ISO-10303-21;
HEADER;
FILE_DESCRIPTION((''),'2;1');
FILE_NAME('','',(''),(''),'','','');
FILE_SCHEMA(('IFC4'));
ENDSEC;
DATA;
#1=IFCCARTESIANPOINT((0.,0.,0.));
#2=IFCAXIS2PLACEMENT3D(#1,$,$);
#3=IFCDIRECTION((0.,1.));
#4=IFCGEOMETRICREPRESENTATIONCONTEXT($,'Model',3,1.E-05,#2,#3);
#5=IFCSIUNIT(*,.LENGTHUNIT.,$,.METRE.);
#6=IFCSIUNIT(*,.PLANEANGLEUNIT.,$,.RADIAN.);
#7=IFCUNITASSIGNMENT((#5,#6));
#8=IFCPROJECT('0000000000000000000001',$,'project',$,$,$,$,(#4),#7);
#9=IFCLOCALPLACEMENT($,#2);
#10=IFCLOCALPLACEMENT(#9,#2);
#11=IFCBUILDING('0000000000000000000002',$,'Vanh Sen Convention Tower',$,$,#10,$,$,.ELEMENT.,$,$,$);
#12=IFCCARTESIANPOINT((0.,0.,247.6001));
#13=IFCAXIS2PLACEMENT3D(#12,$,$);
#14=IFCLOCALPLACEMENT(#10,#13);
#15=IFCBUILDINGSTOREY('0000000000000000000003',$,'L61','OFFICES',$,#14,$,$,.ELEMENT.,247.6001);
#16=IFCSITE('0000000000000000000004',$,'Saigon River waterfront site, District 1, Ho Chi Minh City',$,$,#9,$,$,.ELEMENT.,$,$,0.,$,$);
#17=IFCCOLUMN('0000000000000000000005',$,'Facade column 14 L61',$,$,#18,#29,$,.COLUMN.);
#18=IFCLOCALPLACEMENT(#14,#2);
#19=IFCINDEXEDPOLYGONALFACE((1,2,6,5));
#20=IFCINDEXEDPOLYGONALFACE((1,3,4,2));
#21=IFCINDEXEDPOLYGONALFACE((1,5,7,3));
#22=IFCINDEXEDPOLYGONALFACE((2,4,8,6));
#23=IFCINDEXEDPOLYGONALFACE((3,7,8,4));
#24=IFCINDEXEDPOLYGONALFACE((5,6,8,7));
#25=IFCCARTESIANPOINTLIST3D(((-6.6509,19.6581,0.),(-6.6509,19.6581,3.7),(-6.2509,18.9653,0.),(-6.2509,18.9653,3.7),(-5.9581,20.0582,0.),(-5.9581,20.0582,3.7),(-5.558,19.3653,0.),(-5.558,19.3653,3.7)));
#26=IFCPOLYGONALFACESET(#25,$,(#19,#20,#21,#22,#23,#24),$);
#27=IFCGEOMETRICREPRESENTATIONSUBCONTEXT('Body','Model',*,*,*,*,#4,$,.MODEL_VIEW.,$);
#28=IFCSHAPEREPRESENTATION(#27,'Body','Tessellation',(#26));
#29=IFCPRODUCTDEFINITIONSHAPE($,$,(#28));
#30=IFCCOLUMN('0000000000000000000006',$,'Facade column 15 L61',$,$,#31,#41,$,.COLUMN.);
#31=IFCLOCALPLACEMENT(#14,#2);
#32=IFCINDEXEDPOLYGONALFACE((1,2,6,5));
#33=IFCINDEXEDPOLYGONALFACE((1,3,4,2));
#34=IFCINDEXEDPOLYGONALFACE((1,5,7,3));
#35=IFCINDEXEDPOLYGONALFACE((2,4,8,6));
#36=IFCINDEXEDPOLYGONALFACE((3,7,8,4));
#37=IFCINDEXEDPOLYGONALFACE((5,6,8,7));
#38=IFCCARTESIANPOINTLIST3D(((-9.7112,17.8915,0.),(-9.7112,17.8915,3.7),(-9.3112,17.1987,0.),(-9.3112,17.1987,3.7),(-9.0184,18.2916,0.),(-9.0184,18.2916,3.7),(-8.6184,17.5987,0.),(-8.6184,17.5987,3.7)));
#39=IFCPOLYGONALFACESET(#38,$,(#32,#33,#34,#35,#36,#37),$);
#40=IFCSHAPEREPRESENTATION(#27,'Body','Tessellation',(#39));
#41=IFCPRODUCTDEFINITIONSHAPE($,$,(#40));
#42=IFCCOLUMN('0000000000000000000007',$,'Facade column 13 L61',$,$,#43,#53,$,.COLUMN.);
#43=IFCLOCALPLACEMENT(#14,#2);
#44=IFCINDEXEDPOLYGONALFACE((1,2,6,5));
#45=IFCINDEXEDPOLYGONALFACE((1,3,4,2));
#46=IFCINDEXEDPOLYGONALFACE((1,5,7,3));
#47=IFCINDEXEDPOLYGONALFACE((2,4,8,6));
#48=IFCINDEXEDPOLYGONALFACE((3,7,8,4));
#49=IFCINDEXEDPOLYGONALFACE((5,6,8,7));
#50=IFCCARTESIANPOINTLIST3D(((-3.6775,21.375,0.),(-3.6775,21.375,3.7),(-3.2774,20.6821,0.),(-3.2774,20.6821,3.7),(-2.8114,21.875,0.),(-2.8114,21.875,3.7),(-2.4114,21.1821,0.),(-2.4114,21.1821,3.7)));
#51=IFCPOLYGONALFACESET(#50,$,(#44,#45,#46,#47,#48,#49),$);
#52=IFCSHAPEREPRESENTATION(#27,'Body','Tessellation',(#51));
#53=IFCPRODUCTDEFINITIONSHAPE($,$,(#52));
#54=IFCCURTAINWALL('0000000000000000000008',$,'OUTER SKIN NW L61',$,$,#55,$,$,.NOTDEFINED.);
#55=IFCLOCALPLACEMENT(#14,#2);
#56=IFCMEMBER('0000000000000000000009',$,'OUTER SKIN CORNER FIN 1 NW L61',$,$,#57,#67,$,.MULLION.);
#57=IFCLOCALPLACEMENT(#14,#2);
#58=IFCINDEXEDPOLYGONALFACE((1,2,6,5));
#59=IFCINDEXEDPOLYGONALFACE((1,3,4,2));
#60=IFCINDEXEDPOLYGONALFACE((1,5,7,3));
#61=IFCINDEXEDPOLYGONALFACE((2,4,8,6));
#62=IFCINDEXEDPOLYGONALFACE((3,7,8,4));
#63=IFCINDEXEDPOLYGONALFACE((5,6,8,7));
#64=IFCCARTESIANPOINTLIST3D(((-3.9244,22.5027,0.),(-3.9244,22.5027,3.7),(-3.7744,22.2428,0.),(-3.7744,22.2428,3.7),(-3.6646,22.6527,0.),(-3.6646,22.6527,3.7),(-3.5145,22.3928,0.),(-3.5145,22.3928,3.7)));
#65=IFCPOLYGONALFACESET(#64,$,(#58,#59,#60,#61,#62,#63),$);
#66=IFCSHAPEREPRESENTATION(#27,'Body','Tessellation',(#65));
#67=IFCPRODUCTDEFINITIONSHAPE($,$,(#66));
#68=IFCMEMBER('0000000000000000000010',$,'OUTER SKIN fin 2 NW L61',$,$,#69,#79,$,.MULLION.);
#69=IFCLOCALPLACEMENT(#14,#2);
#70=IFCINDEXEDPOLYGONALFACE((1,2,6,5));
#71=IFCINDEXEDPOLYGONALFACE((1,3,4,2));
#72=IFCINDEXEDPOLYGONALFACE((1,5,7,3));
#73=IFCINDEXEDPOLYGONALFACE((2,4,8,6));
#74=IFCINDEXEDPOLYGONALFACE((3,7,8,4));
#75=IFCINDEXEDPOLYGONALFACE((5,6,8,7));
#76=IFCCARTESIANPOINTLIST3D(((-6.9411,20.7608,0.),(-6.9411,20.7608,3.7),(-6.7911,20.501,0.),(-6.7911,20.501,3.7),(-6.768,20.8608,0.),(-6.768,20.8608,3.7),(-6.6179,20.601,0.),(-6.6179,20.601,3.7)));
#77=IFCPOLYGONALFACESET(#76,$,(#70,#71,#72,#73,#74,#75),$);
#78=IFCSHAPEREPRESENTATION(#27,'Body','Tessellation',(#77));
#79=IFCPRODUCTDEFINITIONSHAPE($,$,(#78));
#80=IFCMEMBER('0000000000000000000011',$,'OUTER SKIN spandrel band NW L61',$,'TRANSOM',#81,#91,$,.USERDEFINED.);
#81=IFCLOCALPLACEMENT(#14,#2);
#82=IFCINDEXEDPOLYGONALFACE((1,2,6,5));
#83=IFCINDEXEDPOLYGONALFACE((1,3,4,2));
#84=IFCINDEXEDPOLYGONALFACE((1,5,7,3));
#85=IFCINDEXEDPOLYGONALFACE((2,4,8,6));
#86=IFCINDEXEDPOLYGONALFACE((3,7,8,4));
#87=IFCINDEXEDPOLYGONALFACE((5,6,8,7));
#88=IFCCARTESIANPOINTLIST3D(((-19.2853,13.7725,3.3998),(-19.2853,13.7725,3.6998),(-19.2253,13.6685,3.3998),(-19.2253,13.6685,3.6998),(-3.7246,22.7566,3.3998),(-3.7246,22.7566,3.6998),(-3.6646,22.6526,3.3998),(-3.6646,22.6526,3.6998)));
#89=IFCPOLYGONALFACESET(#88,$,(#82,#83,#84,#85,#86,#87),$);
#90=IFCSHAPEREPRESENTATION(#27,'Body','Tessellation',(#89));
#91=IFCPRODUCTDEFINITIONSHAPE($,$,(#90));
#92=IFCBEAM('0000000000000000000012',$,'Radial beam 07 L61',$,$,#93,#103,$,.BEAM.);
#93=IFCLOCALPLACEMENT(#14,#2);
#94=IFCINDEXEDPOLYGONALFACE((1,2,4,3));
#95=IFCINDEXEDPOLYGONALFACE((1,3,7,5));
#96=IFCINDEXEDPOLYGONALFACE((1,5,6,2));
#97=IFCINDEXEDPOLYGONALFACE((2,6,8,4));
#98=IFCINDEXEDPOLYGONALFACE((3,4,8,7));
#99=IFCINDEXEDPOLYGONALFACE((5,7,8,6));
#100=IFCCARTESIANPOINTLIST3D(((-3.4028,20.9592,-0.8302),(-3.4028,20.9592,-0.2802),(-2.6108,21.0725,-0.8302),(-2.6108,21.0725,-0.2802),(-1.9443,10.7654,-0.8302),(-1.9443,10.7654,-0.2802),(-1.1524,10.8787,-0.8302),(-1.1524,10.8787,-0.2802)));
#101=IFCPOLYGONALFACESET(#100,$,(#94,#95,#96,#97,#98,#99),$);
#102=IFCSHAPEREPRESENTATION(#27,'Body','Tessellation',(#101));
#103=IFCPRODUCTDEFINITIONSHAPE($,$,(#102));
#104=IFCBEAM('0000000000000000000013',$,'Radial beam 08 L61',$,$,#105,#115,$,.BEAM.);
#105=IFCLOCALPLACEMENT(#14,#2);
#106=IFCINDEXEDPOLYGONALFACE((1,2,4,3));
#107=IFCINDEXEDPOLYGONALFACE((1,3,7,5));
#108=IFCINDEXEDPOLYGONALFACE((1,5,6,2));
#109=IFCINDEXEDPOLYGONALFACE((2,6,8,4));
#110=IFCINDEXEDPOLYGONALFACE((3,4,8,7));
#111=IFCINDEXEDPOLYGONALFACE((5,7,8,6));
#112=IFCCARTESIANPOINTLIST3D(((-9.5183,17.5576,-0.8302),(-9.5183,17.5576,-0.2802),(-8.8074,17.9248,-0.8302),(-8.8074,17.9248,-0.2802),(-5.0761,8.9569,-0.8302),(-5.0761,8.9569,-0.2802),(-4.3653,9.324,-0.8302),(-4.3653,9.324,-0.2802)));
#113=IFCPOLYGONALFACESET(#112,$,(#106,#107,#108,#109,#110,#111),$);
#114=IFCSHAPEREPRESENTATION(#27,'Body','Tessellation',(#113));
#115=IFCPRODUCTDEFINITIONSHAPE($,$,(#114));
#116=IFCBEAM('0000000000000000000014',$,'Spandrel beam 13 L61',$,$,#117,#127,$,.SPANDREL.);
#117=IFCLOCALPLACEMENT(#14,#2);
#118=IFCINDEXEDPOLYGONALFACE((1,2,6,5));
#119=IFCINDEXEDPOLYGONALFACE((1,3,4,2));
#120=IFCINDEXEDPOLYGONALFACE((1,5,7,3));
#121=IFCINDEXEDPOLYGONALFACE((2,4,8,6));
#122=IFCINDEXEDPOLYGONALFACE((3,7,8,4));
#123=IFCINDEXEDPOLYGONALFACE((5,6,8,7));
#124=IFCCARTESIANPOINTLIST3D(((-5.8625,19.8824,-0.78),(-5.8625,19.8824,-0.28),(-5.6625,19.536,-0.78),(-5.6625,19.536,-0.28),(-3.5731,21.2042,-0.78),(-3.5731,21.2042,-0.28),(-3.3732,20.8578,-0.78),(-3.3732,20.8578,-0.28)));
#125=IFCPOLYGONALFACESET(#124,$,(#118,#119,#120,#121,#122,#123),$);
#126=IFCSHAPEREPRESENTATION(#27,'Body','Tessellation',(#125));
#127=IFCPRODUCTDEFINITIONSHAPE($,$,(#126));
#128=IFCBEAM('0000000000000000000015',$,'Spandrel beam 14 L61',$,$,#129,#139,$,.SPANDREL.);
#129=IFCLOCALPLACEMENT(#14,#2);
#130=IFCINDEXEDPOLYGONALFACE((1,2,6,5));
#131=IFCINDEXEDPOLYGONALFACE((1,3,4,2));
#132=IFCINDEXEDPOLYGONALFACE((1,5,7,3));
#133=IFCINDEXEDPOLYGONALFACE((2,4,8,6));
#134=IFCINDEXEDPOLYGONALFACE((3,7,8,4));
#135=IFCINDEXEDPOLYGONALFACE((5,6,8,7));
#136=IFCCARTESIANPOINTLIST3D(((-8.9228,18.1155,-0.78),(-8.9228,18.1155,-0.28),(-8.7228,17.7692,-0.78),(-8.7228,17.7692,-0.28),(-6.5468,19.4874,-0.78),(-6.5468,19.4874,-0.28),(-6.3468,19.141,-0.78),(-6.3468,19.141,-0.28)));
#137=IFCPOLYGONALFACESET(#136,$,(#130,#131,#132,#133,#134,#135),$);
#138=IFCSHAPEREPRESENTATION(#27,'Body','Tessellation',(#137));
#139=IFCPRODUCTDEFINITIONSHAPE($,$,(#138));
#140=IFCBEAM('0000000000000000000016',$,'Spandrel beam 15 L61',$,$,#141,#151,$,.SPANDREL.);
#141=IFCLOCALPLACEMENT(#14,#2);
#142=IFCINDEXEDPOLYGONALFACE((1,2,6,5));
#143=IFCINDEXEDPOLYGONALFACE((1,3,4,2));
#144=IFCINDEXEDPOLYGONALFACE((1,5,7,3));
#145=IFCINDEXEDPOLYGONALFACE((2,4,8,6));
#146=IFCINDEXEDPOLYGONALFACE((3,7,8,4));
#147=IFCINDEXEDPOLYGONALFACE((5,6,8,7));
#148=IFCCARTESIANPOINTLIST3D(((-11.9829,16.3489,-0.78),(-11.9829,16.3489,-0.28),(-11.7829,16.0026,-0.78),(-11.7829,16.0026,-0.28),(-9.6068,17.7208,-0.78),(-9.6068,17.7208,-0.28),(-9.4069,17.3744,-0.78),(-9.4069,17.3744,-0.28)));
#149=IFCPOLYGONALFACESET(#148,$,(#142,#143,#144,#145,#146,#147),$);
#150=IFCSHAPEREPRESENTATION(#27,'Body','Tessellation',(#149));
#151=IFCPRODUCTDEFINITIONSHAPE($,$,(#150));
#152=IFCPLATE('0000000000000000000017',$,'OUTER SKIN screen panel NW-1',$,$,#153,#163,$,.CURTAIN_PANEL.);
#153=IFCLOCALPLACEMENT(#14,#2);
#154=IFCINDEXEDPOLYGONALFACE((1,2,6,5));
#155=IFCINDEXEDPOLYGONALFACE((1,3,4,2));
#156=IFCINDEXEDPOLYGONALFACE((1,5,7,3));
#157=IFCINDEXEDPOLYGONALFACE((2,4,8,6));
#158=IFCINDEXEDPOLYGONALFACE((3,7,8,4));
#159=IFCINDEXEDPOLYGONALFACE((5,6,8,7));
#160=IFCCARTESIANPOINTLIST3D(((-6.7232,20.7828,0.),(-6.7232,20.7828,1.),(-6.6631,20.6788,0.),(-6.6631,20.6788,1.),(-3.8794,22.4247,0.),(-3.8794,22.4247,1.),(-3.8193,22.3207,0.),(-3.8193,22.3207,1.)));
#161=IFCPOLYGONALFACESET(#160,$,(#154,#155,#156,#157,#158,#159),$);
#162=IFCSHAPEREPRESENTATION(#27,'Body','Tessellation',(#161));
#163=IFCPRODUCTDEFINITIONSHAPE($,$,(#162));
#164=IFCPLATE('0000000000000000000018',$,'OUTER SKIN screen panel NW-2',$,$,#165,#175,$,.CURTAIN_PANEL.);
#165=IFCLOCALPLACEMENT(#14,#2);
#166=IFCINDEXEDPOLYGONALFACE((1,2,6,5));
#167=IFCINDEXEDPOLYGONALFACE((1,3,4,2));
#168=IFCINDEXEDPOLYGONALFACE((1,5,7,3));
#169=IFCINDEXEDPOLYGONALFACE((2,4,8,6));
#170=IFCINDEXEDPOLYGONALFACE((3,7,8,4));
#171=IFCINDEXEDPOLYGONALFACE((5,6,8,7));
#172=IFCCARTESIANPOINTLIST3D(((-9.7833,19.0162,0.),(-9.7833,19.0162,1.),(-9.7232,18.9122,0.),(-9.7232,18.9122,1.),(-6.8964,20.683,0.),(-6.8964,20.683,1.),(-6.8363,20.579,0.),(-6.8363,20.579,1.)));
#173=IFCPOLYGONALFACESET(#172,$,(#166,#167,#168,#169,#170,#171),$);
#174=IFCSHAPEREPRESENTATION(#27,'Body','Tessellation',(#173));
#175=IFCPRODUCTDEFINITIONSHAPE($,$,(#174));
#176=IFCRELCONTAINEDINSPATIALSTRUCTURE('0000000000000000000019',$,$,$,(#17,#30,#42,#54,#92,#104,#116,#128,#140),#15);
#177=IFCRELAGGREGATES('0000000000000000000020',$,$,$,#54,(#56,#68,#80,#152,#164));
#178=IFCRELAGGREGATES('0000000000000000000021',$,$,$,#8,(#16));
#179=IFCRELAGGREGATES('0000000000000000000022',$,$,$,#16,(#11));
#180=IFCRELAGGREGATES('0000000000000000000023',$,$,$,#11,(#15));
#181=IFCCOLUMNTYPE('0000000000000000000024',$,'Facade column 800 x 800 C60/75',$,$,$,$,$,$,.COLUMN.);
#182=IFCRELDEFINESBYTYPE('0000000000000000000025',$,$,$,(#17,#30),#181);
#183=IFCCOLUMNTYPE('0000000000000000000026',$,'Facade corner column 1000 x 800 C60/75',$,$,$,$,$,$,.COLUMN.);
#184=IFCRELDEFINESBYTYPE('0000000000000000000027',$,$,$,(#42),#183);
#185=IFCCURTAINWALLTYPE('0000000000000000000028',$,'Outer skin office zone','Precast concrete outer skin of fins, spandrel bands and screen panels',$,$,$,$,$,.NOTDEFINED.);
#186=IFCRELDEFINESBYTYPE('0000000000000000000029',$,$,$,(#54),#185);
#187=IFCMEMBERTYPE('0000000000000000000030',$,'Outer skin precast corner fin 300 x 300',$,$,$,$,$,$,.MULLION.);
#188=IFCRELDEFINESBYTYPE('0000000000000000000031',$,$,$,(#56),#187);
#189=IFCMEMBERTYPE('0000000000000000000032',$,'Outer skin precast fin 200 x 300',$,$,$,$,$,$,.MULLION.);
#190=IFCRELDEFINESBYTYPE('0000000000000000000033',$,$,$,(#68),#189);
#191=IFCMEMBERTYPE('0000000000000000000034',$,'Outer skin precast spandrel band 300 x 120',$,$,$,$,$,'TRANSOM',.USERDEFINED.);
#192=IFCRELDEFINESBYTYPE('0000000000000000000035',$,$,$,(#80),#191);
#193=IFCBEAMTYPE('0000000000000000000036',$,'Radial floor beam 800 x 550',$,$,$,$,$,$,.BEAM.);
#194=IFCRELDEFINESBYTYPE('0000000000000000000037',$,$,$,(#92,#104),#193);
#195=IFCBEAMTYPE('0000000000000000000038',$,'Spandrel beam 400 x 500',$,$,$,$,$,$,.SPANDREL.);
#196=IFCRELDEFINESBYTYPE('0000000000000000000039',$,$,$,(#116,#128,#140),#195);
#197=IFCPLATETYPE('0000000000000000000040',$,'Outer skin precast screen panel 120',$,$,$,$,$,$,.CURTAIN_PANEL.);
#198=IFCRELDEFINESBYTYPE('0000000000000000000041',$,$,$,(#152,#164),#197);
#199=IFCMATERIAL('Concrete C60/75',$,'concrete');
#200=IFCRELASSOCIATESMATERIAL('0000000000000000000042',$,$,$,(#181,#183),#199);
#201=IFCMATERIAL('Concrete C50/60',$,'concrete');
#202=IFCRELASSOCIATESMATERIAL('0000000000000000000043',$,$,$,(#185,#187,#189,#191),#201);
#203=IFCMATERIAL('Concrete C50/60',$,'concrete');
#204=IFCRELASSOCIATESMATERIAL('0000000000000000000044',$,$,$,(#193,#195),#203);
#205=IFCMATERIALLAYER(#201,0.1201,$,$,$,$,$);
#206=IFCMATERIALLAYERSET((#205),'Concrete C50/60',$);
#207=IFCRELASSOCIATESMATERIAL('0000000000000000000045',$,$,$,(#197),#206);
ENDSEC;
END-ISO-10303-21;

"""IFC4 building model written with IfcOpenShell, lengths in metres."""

from ifc_helpers import new_model, si_unit, direction, frame, origin, origin_2d, place, context, subcontext, project, spatial, rectangle, extrude, material, layer, layer_set, material_profile, profile_set, type_object, element, aggregate, save


model = new_model("IFC4")

# Units and contexts
model_context = context("Model", 3, precision=1e-05, world=origin(), true_north=direction((0.0, 1.0)))
body_context = subcontext(model_context, "Body", "Model", "MODEL_VIEW")
ifc_project = project(units=[si_unit("LENGTHUNIT", "METRE"), si_unit("PLANEANGLEUNIT", "RADIAN")], contexts=[model_context])

# Site, building, storey
site_placement = place(None, origin())
site = spatial("IfcSite", under=ifc_project, at=site_placement, Name="Saigon River waterfront site, District 1, Ho Chi Minh City", CompositionType="ELEMENT", RefElevation=0.0)
building_placement = place(site_placement, origin())
building = spatial("IfcBuilding", under=site, at=building_placement, Name="Vanh Sen Convention Tower", CompositionType="ELEMENT")
storey_placement = place(building_placement, frame((0.0, 0.0, 247.6001)))
storey = spatial("IfcBuildingStorey", under=building, at=storey_placement, Name="L61", Description="OFFICES", CompositionType="ELEMENT", Elevation=247.6001)

# Columns
ifc_material_1 = material(Name="Concrete C60/75", Category="concrete")
ifc_material_profile_1 = material_profile(ifc_material_1, rectangle(XDim=0.8, YDim=0.8, at=origin_2d()), Name="RC 800X800")
ifc_profile_set_1 = profile_set([ifc_material_profile_1], Name="Concrete C60/75")
column_type_1 = type_object("IfcColumnType", Name="Facade column 800 x 800 C60/75", PredefinedType="COLUMN", material=ifc_profile_set_1)
for number, where, z_axis, x_axis, name in (
    (1, (-6.1045, 19.5117, 0.0), (0.0, 0.0, 1.0), (-0.866025, -0.5, 0.0), "Facade column 14 L61"),
    (2, (-9.1648, 17.7451, 0.0), (0.0, 0.0, 1.0), (-0.866025, -0.5, 0.0), "Facade column 15 L61"),
):
    element("IfcColumn", number, at=place(storey_placement, frame(where, z_axis=z_axis, x_axis=x_axis)), inside=storey, type_object=column_type_1, Name=name, PredefinedType="COLUMN", context=body_context, shape_type="SweptSolid", body=[
        extrude(rectangle(XDim=0.8, YDim=0.8, at=origin_2d()), origin(), (0.0, 0.0, 1.0), 3.7),
    ])
ifc_material_profile_2 = material_profile(ifc_material_1, rectangle(XDim=1.0, YDim=0.8, at=origin_2d()), Name="RC 1000X800")
ifc_profile_set_2 = profile_set([ifc_material_profile_2], Name="Concrete C60/75")
column_type_2 = type_object("IfcColumnType", Name="Facade corner column 1000 x 800 C60/75", PredefinedType="COLUMN", material=ifc_profile_set_2)
column_placement = place(storey_placement, frame((-3.0444, 21.2786, 0.0), z_axis=(0.0, 0.0, 1.0), x_axis=(-0.866025, -0.5, 0.0)))
element("IfcColumn", 3, at=column_placement, inside=storey, type_object=column_type_2, Name="Facade column 13 L61", PredefinedType="COLUMN", context=body_context, shape_type="SweptSolid", body=[
    extrude(rectangle(XDim=1.0, YDim=0.8, at=origin_2d()), origin(), (0.0, 0.0, 1.0), 3.7),
])

# Curtain wall, members
ifc_material_2 = material(Name="Concrete C50/60", Category="concrete")
curtain_wall_type = type_object("IfcCurtainWallType", Name="Outer skin office zone", Description="Precast concrete outer skin of fins, spandrel bands and screen panels", PredefinedType="NOTDEFINED", material=ifc_material_2)
curtain_wall_placement = place(storey_placement, origin())
curtain_wall = element("IfcCurtainWall", 4, at=curtain_wall_placement, inside=storey, type_object=curtain_wall_type, Name="OUTER SKIN NW L61", PredefinedType="NOTDEFINED")
ifc_material_profile_3 = material_profile(ifc_material_2, rectangle(XDim=0.3, YDim=0.3, at=origin_2d()), Name="Outer skin precast corner fin 300 x 300")
ifc_profile_set_3 = profile_set([ifc_material_profile_3], Name="Concrete C50/60")
member_type_1 = type_object("IfcMemberType", Name="Outer skin precast corner fin 300 x 300", PredefinedType="MULLION", material=ifc_profile_set_3)
member_1_placement = place(storey_placement, frame((-3.7195, 22.4478, 0.0), z_axis=(0.0, 0.0, 1.0), x_axis=(-0.866025, -0.5, 0.0)))
member_1 = element("IfcMember", 5, at=member_1_placement, type_object=member_type_1, Name="OUTER SKIN CORNER FIN 1 NW L61", PredefinedType="MULLION", context=body_context, shape_type="SweptSolid", body=[
    extrude(rectangle(XDim=0.3, YDim=0.3, at=origin_2d()), origin(), (0.0, 0.0, 1.0), 3.7),
])
ifc_material_profile_4 = material_profile(ifc_material_2, rectangle(XDim=0.2, YDim=0.3, at=origin_2d()), Name="Outer skin precast fin 200 x 300")
ifc_profile_set_4 = profile_set([ifc_material_profile_4], Name="Concrete C50/60")
member_type_2 = type_object("IfcMemberType", Name="Outer skin precast fin 200 x 300", PredefinedType="MULLION", material=ifc_profile_set_4)
member_2_placement = place(storey_placement, frame((-6.7795, 20.6809, 0.0), z_axis=(0.0, 0.0, 1.0), x_axis=(-0.866025, -0.5, 0.0)))
member_2 = element("IfcMember", 6, at=member_2_placement, type_object=member_type_2, Name="OUTER SKIN fin 2 NW L61", PredefinedType="MULLION", context=body_context, shape_type="SweptSolid", body=[
    extrude(rectangle(XDim=0.2, YDim=0.3, at=origin_2d()), origin(), (0.0, 0.0, 1.0), 3.7),
])
ifc_material_profile_5 = material_profile(ifc_material_2, rectangle(XDim=0.1201, YDim=0.3, at=origin_2d()), Name="Outer skin precast spandrel band 300 x 120")
ifc_profile_set_5 = profile_set([ifc_material_profile_5], Name="Concrete C50/60")
member_type_3 = type_object("IfcMemberType", Name="Outer skin precast spandrel band 300 x 120", ElementType="TRANSOM", PredefinedType="USERDEFINED", material=ifc_profile_set_5)
member_3_placement = place(storey_placement, frame((-3.6946, 22.7046, 3.5498), z_axis=(-0.866023, -0.500004, 0.0), x_axis=(0.500004, -0.866023, 0.0)))
member_3 = element("IfcMember", 7, at=member_3_placement, type_object=member_type_3, Name="OUTER SKIN spandrel band NW L61", ObjectType="TRANSOM", PredefinedType="USERDEFINED", context=body_context, shape_type="SweptSolid", body=[
    extrude(rectangle(XDim=0.1201, YDim=0.3, at=origin_2d()), origin(), (0.0, 0.0, 1.0), 17.968),
])

# Beams
ifc_material_3 = material(Name="Concrete C50/60", Category="concrete")
ifc_material_profile_6 = material_profile(ifc_material_3, rectangle(XDim=0.8, YDim=0.55, at=origin_2d()), Name="RC 800X550")
ifc_profile_set_6 = profile_set([ifc_material_profile_6], Name="Concrete C50/60")
beam_type_1 = type_object("IfcBeamType", Name="Radial floor beam 800 x 550", PredefinedType="BEAM", material=ifc_profile_set_6)
beam_1_placement = place(storey_placement, frame((-3.0068, 21.0159, -0.5552), z_axis=(0.141634, -0.989919, 0.0), x_axis=(0.989919, 0.141634, 0.0)))
element("IfcBeam", 8, at=beam_1_placement, inside=storey, type_object=beam_type_1, Name="Radial beam 07 L61", PredefinedType="BEAM", context=body_context, shape_type="SweptSolid", body=[
    extrude(rectangle(XDim=0.8, YDim=0.55, at=origin_2d()), origin(), (0.0, 0.0, 1.0), 10.2976),
])
beam_2_placement = place(storey_placement, frame((-9.1628, 17.7412, -0.5552), z_axis=(0.458888, -0.888494, 0.0), x_axis=(0.888494, 0.458888, 0.0)))
element("IfcBeam", 9, at=beam_2_placement, inside=storey, type_object=beam_type_1, Name="Radial beam 08 L61", PredefinedType="BEAM", context=body_context, shape_type="SweptSolid", body=[
    extrude(rectangle(XDim=0.8, YDim=0.55, at=origin_2d()), origin(), (0.0, 0.0, 1.0), 9.6802),
])
ifc_material_profile_7 = material_profile(ifc_material_3, rectangle(XDim=0.3999, YDim=0.5, at=origin_2d()), Name="RC 400X500")
ifc_profile_set_7 = profile_set([ifc_material_profile_7], Name="Concrete C50/60")
beam_type_2 = type_object("IfcBeamType", Name="Spandrel beam 400 x 500", PredefinedType="SPANDREL", material=ifc_profile_set_7)
beam_3_placement = place(storey_placement, frame((-3.4731, 21.031, -0.53), z_axis=(-0.866018, -0.500013, 0.0), x_axis=(0.500013, -0.866018, 0.0)))
element("IfcBeam", 10, at=beam_3_placement, inside=storey, type_object=beam_type_2, Name="Spandrel beam 13 L61", PredefinedType="SPANDREL", context=body_context, shape_type="SweptSolid", body=[
    extrude(rectangle(XDim=0.3999, YDim=0.5, at=origin_2d()), origin(), (0.0, 0.0, 1.0), 2.6436),
])
for number, where, z_axis, x_axis, name in (
    (11, (-6.4468, 19.3142, -0.53), (-0.866017, -0.500015, 0.0), (0.500015, -0.866017, 0.0), "Spandrel beam 14 L61"),
    (12, (-9.5068, 17.5476, -0.53), (-0.866017, -0.500015, 0.0), (0.500015, -0.866017, 0.0), "Spandrel beam 15 L61"),
):
    element("IfcBeam", number, at=place(storey_placement, frame(where, z_axis=z_axis, x_axis=x_axis)), inside=storey, type_object=beam_type_2, Name=name, PredefinedType="SPANDREL", context=body_context, shape_type="SweptSolid", body=[
        extrude(rectangle(XDim=0.3999, YDim=0.5, at=origin_2d()), origin(), (0.0, 0.0, 1.0), 2.7437),
    ])

# Plates
ifc_layer_1 = layer(ifc_material_2, 0.1201)
ifc_layer_set_1 = layer_set([ifc_layer_1], Name="Concrete C50/60")
plate_type = type_object("IfcPlateType", Name="Outer skin precast screen panel 120", PredefinedType="CURTAIN_PANEL", material=ifc_layer_set_1)
plate_1_placement = place(storey_placement, frame((-5.2712, 21.5518, 0.0), z_axis=(0.0, 0.0, 1.0), x_axis=(-0.866026, -0.499998, 0.0)))
plate_1 = element("IfcPlate", 13, at=plate_1_placement, type_object=plate_type, Name="OUTER SKIN screen panel NW-1", PredefinedType="CURTAIN_PANEL", context=body_context, shape_type="SweptSolid", body=[
    extrude(rectangle(XDim=3.2837, YDim=0.1201, at=origin_2d()), origin(), (0.0, 0.0, 1.0), 1.0),
])
plate_2_placement = place(storey_placement, frame((-8.3098, 19.7976, 0.0), z_axis=(0.0, 0.0, 1.0), x_axis=(-0.866026, -0.499998, 0.0)))
plate_2 = element("IfcPlate", 14, at=plate_2_placement, type_object=plate_type, Name="OUTER SKIN screen panel NW-2", PredefinedType="CURTAIN_PANEL", context=body_context, shape_type="SweptSolid", body=[
    extrude(rectangle(XDim=3.3335, YDim=0.1201, at=origin_2d()), origin(), (0.0, 0.0, 1.0), 1.0),
])
aggregate(curtain_wall, [member_1, member_2, member_3, plate_1, plate_2])

save(model, "model.ifc")
